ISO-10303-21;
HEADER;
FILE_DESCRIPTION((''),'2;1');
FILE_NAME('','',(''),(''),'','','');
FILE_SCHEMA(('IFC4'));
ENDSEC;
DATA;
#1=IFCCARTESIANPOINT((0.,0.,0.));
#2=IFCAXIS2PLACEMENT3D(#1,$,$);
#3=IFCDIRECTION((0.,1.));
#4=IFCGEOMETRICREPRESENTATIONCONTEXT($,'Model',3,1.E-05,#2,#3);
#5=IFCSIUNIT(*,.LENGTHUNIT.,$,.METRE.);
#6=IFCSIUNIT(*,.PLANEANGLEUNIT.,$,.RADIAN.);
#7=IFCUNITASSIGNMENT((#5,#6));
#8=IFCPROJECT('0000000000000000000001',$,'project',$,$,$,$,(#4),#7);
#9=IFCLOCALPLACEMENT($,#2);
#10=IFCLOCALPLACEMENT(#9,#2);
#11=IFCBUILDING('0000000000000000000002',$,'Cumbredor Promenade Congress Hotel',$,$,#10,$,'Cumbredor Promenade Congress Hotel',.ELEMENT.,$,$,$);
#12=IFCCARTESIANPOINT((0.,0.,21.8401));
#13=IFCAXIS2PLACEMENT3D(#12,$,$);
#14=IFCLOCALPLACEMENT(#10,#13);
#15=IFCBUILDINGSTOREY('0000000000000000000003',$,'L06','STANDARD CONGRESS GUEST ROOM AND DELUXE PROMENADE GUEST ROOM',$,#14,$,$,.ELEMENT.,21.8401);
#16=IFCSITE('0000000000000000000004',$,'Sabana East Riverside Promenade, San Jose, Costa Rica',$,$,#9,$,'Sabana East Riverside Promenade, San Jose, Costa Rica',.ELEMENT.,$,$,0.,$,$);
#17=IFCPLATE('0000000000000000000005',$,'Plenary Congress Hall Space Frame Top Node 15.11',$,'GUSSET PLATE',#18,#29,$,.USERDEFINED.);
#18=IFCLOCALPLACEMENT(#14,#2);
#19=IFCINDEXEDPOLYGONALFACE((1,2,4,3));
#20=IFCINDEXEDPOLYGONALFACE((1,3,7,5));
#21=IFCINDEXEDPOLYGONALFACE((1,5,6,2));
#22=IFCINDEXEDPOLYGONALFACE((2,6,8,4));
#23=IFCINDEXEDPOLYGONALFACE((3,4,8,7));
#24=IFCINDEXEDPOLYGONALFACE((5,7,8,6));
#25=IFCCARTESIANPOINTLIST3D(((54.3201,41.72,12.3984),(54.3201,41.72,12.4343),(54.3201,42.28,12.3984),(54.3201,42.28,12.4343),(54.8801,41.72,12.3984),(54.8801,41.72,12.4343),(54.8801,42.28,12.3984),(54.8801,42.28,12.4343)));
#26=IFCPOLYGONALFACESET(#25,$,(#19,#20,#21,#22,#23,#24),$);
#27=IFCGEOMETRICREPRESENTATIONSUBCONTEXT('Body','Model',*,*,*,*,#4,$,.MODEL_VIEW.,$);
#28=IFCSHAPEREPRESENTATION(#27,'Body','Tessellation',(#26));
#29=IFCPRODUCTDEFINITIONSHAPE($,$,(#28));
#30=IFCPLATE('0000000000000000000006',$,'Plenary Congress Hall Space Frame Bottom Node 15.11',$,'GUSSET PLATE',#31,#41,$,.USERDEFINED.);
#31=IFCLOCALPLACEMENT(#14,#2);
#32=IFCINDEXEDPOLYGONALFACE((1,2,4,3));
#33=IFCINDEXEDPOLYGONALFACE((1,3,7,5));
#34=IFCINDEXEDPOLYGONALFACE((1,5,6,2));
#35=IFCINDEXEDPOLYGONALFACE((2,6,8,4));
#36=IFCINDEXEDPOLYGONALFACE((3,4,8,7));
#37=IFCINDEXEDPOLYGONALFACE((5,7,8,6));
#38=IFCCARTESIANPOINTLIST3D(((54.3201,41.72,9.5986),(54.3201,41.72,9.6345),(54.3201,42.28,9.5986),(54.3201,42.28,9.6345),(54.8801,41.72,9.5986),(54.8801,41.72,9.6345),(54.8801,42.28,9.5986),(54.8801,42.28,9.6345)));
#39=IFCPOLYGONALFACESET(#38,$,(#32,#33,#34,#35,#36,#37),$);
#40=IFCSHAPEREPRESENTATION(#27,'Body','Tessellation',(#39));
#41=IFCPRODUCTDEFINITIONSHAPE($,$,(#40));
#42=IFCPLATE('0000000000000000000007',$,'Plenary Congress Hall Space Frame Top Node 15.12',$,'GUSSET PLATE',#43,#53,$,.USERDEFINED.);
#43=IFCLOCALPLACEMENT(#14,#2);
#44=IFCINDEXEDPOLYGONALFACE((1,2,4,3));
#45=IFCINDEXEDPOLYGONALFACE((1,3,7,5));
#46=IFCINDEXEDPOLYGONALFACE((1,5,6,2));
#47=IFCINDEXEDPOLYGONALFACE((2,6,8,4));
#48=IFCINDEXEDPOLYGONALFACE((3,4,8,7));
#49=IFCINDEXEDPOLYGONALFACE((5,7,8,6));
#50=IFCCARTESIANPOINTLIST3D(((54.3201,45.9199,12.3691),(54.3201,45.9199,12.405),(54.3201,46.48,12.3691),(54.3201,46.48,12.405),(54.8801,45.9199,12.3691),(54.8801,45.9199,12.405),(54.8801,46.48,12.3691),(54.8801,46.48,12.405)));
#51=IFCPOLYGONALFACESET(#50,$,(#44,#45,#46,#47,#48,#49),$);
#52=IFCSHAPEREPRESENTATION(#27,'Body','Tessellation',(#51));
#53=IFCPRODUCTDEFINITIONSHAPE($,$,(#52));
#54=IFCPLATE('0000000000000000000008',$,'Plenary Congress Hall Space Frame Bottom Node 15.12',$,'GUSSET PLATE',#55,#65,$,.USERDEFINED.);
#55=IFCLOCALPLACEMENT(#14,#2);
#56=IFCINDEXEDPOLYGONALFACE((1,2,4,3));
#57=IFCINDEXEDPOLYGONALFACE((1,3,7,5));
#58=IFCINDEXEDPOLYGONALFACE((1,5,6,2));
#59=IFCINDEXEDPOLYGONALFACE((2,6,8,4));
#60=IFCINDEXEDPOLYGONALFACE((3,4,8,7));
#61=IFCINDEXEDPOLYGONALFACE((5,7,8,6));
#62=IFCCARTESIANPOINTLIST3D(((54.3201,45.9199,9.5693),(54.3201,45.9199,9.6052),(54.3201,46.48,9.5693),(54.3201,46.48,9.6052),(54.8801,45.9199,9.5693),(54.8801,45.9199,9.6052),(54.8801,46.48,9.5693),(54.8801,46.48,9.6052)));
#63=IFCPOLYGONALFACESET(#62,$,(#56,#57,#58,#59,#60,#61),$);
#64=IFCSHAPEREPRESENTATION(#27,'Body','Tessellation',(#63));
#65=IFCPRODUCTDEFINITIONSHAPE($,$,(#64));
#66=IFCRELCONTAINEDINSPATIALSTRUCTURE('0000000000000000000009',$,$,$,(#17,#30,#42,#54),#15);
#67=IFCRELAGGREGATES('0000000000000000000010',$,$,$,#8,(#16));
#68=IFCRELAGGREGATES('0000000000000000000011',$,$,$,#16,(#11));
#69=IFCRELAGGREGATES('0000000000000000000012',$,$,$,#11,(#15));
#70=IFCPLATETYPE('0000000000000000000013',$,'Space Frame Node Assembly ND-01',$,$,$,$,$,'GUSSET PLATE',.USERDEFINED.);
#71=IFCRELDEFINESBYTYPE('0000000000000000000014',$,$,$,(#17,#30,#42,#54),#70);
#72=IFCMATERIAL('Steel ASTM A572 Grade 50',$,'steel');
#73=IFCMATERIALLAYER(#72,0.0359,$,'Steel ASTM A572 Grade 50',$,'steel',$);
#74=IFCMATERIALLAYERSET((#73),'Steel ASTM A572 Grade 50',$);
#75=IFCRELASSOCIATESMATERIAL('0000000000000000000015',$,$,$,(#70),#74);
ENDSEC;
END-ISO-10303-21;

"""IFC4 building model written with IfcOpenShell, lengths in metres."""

from ifc_helpers import new_model, si_unit, direction, frame, origin, origin_2d, place, context, subcontext, project, spatial, rectangle, extrude, material, layer, layer_set, type_object, element, save


model = new_model("IFC4")

# Units and contexts
model_context = context("Model", 3, precision=1e-05, world=origin(), true_north=direction((0.0, 1.0)))
body_context = subcontext(model_context, "Body", "Model", "MODEL_VIEW")
ifc_project = project(units=[si_unit("LENGTHUNIT", "METRE"), si_unit("PLANEANGLEUNIT", "RADIAN")], contexts=[model_context])

# Site, building, storey
site_placement = place(None, origin())
site = spatial("IfcSite", under=ifc_project, at=site_placement, Name="Sabana East Riverside Promenade, San Jose, Costa Rica", LongName="Sabana East Riverside Promenade, San Jose, Costa Rica", CompositionType="ELEMENT", RefElevation=0.0)
building_placement = place(site_placement, origin())
building = spatial("IfcBuilding", under=site, at=building_placement, Name="Cumbredor Promenade Congress Hotel", LongName="Cumbredor Promenade Congress Hotel", CompositionType="ELEMENT")
storey_placement = place(building_placement, frame((0.0, 0.0, 21.8401)))
storey = spatial("IfcBuildingStorey", under=building, at=storey_placement, Name="L06", Description="STANDARD CONGRESS GUEST ROOM AND DELUXE PROMENADE GUEST ROOM", CompositionType="ELEMENT", Elevation=21.8401)

# Plates
ifc_material_1 = material(Name="Steel ASTM A572 Grade 50", Category="steel")
ifc_layer = layer(ifc_material_1, 0.0359, Name="Steel ASTM A572 Grade 50", Category="steel")
ifc_layer_set = layer_set([ifc_layer], Name="Steel ASTM A572 Grade 50")
plate_type = type_object("IfcPlateType", Name="Space Frame Node Assembly ND-01", ElementType="GUSSET PLATE", PredefinedType="USERDEFINED", material=ifc_layer_set)
for number, where, z_axis, x_axis, name in (
    (1, (54.6001, 42.0, 12.3984), (0.0, 0.0, 1.0), (1.0, 0.0, 0.0), "Plenary Congress Hall Space Frame Top Node 15.11"),
    (2, (54.6001, 42.0, 9.5986), (0.0, 0.0, 1.0), (1.0, 0.0, 0.0), "Plenary Congress Hall Space Frame Bottom Node 15.11"),
    (3, (54.6001, 46.2, 12.3691), (0.0, 0.0, 1.0), (1.0, 0.0, 0.0), "Plenary Congress Hall Space Frame Top Node 15.12"),
    (4, (54.6001, 46.2, 9.5693), (0.0, 0.0, 1.0), (1.0, 0.0, 0.0), "Plenary Congress Hall Space Frame Bottom Node 15.12"),
):
    element("IfcPlate", number, at=place(storey_placement, frame(where, z_axis=z_axis, x_axis=x_axis)), inside=storey, type_object=plate_type, Name=name, ObjectType="GUSSET PLATE", PredefinedType="USERDEFINED", context=body_context, shape_type="SweptSolid", body=[
        extrude(rectangle(XDim=0.5601, YDim=0.5601, at=origin_2d()), origin(), (0.0, 0.0, 1.0), 0.0359),
    ])

save(model, "model.ifc")
